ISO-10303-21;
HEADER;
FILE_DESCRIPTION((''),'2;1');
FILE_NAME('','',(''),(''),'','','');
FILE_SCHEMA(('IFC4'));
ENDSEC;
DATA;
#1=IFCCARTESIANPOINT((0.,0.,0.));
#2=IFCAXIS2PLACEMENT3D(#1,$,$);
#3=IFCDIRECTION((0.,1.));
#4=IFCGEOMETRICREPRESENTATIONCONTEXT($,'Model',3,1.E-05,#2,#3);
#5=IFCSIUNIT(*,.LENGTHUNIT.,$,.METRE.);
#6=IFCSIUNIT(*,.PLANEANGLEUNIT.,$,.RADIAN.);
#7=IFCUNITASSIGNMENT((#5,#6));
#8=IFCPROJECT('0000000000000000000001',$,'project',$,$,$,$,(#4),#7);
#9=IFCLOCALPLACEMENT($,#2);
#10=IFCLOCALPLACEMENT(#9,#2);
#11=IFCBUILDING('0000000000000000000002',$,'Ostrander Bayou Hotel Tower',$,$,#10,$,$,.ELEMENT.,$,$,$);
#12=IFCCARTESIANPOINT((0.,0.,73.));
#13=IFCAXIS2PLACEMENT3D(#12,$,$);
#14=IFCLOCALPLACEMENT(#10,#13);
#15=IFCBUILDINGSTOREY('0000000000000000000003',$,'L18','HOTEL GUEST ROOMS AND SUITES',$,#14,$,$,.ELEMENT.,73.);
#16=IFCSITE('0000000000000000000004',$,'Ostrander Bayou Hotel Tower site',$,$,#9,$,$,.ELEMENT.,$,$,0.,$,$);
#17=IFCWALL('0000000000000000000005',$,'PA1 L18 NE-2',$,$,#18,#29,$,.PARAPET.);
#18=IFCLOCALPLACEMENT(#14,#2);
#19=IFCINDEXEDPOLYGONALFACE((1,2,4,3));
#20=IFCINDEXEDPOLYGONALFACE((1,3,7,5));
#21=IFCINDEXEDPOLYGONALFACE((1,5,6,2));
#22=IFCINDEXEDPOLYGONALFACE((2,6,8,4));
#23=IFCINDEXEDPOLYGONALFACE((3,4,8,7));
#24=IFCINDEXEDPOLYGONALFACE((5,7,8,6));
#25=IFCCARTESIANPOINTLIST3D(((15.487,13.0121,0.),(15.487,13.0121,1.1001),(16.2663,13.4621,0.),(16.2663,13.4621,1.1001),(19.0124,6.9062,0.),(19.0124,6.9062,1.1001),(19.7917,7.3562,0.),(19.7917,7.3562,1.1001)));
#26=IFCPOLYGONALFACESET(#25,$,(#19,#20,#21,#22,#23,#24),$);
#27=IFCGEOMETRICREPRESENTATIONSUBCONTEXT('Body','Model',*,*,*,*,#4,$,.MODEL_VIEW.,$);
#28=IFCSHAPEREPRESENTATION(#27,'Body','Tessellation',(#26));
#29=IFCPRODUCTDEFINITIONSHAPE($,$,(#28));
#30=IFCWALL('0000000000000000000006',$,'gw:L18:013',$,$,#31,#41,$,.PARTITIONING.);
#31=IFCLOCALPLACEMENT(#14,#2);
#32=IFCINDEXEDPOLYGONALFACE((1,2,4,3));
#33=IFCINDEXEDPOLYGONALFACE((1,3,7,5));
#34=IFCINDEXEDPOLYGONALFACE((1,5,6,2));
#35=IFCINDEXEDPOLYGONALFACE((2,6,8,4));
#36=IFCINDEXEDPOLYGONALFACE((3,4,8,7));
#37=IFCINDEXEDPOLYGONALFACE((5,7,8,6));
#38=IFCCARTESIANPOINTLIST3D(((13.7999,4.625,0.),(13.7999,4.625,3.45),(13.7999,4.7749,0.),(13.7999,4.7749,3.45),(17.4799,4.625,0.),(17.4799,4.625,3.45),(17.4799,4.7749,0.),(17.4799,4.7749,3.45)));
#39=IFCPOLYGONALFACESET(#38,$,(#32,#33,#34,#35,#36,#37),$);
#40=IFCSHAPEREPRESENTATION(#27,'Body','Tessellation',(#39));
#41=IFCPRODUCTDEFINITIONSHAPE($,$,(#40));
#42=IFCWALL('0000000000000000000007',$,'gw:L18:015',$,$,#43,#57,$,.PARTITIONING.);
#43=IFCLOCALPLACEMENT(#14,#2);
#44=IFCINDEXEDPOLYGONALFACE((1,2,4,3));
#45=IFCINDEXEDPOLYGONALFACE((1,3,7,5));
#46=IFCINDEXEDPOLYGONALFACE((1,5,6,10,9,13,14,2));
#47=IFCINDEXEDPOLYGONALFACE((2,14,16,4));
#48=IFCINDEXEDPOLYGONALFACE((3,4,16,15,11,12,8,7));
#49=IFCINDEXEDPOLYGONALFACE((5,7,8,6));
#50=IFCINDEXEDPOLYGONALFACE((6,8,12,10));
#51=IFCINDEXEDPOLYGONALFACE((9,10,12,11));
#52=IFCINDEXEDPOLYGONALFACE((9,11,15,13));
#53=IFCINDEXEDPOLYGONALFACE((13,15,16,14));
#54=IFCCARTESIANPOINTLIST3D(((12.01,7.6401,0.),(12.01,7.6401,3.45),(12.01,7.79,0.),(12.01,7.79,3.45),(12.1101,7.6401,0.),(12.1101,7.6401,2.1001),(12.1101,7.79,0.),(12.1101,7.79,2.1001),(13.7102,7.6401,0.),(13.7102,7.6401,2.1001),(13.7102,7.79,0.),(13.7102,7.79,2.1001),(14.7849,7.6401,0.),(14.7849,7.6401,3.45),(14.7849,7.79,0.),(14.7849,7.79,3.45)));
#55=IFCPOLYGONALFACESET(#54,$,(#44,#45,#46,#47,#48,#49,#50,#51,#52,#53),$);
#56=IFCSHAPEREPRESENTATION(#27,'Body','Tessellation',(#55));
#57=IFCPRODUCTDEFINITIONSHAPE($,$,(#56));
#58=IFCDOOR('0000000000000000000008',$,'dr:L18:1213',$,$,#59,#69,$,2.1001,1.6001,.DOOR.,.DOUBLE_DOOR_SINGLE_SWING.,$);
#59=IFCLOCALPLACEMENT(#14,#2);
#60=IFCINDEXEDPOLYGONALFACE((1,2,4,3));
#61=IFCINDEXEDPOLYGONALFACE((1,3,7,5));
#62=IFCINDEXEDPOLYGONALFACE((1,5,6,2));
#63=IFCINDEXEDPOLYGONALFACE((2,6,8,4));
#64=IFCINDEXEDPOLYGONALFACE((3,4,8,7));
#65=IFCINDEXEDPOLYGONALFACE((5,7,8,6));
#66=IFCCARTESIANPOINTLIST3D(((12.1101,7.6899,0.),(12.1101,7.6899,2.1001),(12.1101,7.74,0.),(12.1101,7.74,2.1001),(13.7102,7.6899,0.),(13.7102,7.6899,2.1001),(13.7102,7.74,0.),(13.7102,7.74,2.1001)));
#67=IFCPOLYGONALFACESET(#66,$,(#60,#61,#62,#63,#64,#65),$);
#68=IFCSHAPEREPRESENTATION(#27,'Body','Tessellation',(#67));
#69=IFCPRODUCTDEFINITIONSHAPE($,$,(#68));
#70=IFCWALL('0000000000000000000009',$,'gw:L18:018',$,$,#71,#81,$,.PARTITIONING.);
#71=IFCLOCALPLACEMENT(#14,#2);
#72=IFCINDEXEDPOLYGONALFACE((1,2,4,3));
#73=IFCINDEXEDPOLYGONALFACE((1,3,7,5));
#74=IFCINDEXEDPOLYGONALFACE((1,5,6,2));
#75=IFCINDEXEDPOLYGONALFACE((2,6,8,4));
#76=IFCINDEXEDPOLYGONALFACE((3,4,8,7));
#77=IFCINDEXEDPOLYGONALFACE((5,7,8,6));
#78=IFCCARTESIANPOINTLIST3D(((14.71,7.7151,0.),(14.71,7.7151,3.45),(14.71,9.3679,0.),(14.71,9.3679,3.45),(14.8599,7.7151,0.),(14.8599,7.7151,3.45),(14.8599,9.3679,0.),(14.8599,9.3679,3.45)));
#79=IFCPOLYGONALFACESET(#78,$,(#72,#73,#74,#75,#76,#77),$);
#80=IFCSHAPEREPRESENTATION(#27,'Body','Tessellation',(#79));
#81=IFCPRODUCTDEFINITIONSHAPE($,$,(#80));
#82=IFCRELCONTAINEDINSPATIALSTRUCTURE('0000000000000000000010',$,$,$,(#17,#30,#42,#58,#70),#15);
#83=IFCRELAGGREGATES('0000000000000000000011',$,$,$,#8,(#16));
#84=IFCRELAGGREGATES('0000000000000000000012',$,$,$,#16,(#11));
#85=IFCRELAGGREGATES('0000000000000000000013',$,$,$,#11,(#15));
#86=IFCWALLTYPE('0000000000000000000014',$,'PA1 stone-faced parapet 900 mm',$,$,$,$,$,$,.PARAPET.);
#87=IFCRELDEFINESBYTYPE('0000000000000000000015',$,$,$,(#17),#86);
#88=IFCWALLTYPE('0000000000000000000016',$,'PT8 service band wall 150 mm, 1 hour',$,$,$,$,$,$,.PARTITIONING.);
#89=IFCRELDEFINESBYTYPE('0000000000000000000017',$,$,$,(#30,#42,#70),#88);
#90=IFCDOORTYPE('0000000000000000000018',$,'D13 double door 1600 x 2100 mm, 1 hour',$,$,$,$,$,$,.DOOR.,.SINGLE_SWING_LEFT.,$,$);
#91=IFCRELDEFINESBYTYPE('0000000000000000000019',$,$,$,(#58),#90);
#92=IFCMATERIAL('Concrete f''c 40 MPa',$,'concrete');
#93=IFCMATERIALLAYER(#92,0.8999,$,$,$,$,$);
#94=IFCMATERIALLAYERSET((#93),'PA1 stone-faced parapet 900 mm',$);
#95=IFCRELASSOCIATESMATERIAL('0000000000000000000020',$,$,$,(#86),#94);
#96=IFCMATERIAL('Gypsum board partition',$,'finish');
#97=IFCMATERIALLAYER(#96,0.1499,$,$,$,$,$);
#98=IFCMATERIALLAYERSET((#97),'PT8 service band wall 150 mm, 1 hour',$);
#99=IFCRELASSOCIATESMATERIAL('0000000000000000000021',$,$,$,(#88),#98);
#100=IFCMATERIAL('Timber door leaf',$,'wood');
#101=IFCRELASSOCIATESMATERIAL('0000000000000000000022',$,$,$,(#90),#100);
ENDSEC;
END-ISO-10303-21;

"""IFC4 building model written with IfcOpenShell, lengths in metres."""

from ifc_helpers import new_model, si_unit, direction, frame, frame_2d, origin, place, context, subcontext, project, spatial, rectangle, extrude, material, layer, layer_set, type_object, element, fill, save


model = new_model("IFC4")

# Units and contexts
model_context = context("Model", 3, precision=1e-05, world=origin(), true_north=direction((0.0, 1.0)))
body_context = subcontext(model_context, "Body", "Model", "MODEL_VIEW")
ifc_project = project(units=[si_unit("LENGTHUNIT", "METRE"), si_unit("PLANEANGLEUNIT", "RADIAN")], contexts=[model_context])

# Site, building, storey
site_placement = place(None, origin())
site = spatial("IfcSite", under=ifc_project, at=site_placement, Name="Ostrander Bayou Hotel Tower site", CompositionType="ELEMENT", RefElevation=0.0)
building_placement = place(site_placement, origin())
building = spatial("IfcBuilding", under=site, at=building_placement, Name="Ostrander Bayou Hotel Tower", CompositionType="ELEMENT")
storey_placement = place(building_placement, frame((0.0, 0.0, 73.0)))
storey = spatial("IfcBuildingStorey", under=building, at=storey_placement, Name="L18", Description="HOTEL GUEST ROOMS AND SUITES", CompositionType="ELEMENT", Elevation=73.0)

# Walls
ifc_material_1 = material(Name="Concrete f'c 40 MPa", Category="concrete")
ifc_layer_1 = layer(ifc_material_1, 0.8999)
ifc_layer_set_1 = layer_set([ifc_layer_1], Name="PA1 stone-faced parapet 900 mm")
wall_type_1 = type_object("IfcWallType", Name="PA1 stone-faced parapet 900 mm", PredefinedType="PARAPET", material=ifc_layer_set_1)
wall_1_placement = place(storey_placement, frame((19.4021, 7.1311, 0.0), z_axis=(0.0, 0.0, 1.0), x_axis=(-0.500012, 0.866018, 0.0)))
element("IfcWall", 1, at=wall_1_placement, inside=storey, type_object=wall_type_1, Name="PA1 L18 NE-2", PredefinedType="PARAPET", context=body_context, shape_type="SweptSolid", body=[
    extrude(rectangle(XDim=7.0505, YDim=0.8999, at=frame_2d((3.5254, 0.0))), origin(), (0.0, 0.0, 1.0), 1.1001),
])
ifc_material_2 = material(Name="Gypsum board partition", Category="finish")
ifc_layer_2 = layer(ifc_material_2, 0.1499)
ifc_layer_set_2 = layer_set([ifc_layer_2], Name="PT8 service band wall 150 mm, 1 hour")
wall_type_2 = type_object("IfcWallType", Name="PT8 service band wall 150 mm, 1 hour", PredefinedType="PARTITIONING", material=ifc_layer_set_2)
wall_2_placement = place(storey_placement, frame((13.8, 4.7, 0.0), z_axis=(0.0, 0.0, 1.0), x_axis=(1.0, 0.0, 0.0)))
element("IfcWall", 2, at=wall_2_placement, inside=storey, type_object=wall_type_2, Name="gw:L18:013", PredefinedType="PARTITIONING", context=body_context, shape_type="SweptSolid", body=[
    extrude(rectangle(XDim=3.6799, YDim=0.1499, at=frame_2d((1.8398, 0.0))), origin(), (0.0, 0.0, 1.0), 3.45),
])

# Wall, opening, door
wall_3_placement = place(storey_placement, frame((12.01, 7.7151, 0.0), z_axis=(0.0, 0.0, 1.0), x_axis=(1.0, 0.0, 0.0)))
wall_3 = element("IfcWall", 3, at=wall_3_placement, inside=storey, type_object=wall_type_2, Name="gw:L18:015", PredefinedType="PARTITIONING", context=body_context, shape_type="SweptSolid", body=[
    extrude(rectangle(XDim=2.7749, YDim=0.1499, at=frame_2d((1.3875, 0.0))), origin(), (0.0, 0.0, 1.0), 3.45),
])
opening_1_placement = place(wall_3_placement, frame((0.1001, 0.0, 0.0)))
opening_1 = element("IfcOpeningElement", 4, at=opening_1_placement, cuts=wall_3, PredefinedType="OPENING", context=body_context, shape_type="SweptSolid", body=[
    extrude(rectangle(XDim=1.6001, YDim=2.1001, at=frame_2d((0.8, 1.05))), frame((0.0, 0.075, 0.0), z_axis=(0.0, -1.0, 0.0), x_axis=(1.0, 0.0, 0.0)), (0.0, 0.0, 1.0), 0.1499),
])
ifc_material_3 = material(Name="Timber door leaf", Category="wood")
door_type_1 = type_object("IfcDoorType", Name="D13 double door 1600 x 2100 mm, 1 hour", OperationType="SINGLE_SWING_LEFT", PredefinedType="DOOR", material=ifc_material_3)
door_1_placement = place(opening_1_placement, origin())
door_1 = element("IfcDoor", 5, at=door_1_placement, inside=storey, type_object=door_type_1, Name="dr:L18:1213", OperationType="DOUBLE_DOOR_SINGLE_SWING", OverallHeight=2.1001, OverallWidth=1.6001, PredefinedType="DOOR", context=body_context, shape_type="SweptSolid", body=[
    extrude(rectangle(XDim=1.6001, YDim=2.1001, at=frame_2d((0.8, 1.05))), frame((0.0, 0.0249, 0.0), z_axis=(0.0, -1.0, 0.0), x_axis=(1.0, 0.0, 0.0)), (0.0, 0.0, 1.0), 0.05),
])
fill(opening_1, door_1)

# Wall
wall_4_placement = place(storey_placement, frame((14.7849, 7.7151, 0.0), z_axis=(0.0, 0.0, 1.0), x_axis=(0.0, 1.0, 0.0)))
element("IfcWall", 6, at=wall_4_placement, inside=storey, type_object=wall_type_2, Name="gw:L18:018", PredefinedType="PARTITIONING", context=body_context, shape_type="SweptSolid", body=[
    extrude(rectangle(XDim=1.6528, YDim=0.1499, at=frame_2d((0.8264, 0.0))), origin(), (0.0, 0.0, 1.0), 3.45),
])

save(model, "model.ifc")
